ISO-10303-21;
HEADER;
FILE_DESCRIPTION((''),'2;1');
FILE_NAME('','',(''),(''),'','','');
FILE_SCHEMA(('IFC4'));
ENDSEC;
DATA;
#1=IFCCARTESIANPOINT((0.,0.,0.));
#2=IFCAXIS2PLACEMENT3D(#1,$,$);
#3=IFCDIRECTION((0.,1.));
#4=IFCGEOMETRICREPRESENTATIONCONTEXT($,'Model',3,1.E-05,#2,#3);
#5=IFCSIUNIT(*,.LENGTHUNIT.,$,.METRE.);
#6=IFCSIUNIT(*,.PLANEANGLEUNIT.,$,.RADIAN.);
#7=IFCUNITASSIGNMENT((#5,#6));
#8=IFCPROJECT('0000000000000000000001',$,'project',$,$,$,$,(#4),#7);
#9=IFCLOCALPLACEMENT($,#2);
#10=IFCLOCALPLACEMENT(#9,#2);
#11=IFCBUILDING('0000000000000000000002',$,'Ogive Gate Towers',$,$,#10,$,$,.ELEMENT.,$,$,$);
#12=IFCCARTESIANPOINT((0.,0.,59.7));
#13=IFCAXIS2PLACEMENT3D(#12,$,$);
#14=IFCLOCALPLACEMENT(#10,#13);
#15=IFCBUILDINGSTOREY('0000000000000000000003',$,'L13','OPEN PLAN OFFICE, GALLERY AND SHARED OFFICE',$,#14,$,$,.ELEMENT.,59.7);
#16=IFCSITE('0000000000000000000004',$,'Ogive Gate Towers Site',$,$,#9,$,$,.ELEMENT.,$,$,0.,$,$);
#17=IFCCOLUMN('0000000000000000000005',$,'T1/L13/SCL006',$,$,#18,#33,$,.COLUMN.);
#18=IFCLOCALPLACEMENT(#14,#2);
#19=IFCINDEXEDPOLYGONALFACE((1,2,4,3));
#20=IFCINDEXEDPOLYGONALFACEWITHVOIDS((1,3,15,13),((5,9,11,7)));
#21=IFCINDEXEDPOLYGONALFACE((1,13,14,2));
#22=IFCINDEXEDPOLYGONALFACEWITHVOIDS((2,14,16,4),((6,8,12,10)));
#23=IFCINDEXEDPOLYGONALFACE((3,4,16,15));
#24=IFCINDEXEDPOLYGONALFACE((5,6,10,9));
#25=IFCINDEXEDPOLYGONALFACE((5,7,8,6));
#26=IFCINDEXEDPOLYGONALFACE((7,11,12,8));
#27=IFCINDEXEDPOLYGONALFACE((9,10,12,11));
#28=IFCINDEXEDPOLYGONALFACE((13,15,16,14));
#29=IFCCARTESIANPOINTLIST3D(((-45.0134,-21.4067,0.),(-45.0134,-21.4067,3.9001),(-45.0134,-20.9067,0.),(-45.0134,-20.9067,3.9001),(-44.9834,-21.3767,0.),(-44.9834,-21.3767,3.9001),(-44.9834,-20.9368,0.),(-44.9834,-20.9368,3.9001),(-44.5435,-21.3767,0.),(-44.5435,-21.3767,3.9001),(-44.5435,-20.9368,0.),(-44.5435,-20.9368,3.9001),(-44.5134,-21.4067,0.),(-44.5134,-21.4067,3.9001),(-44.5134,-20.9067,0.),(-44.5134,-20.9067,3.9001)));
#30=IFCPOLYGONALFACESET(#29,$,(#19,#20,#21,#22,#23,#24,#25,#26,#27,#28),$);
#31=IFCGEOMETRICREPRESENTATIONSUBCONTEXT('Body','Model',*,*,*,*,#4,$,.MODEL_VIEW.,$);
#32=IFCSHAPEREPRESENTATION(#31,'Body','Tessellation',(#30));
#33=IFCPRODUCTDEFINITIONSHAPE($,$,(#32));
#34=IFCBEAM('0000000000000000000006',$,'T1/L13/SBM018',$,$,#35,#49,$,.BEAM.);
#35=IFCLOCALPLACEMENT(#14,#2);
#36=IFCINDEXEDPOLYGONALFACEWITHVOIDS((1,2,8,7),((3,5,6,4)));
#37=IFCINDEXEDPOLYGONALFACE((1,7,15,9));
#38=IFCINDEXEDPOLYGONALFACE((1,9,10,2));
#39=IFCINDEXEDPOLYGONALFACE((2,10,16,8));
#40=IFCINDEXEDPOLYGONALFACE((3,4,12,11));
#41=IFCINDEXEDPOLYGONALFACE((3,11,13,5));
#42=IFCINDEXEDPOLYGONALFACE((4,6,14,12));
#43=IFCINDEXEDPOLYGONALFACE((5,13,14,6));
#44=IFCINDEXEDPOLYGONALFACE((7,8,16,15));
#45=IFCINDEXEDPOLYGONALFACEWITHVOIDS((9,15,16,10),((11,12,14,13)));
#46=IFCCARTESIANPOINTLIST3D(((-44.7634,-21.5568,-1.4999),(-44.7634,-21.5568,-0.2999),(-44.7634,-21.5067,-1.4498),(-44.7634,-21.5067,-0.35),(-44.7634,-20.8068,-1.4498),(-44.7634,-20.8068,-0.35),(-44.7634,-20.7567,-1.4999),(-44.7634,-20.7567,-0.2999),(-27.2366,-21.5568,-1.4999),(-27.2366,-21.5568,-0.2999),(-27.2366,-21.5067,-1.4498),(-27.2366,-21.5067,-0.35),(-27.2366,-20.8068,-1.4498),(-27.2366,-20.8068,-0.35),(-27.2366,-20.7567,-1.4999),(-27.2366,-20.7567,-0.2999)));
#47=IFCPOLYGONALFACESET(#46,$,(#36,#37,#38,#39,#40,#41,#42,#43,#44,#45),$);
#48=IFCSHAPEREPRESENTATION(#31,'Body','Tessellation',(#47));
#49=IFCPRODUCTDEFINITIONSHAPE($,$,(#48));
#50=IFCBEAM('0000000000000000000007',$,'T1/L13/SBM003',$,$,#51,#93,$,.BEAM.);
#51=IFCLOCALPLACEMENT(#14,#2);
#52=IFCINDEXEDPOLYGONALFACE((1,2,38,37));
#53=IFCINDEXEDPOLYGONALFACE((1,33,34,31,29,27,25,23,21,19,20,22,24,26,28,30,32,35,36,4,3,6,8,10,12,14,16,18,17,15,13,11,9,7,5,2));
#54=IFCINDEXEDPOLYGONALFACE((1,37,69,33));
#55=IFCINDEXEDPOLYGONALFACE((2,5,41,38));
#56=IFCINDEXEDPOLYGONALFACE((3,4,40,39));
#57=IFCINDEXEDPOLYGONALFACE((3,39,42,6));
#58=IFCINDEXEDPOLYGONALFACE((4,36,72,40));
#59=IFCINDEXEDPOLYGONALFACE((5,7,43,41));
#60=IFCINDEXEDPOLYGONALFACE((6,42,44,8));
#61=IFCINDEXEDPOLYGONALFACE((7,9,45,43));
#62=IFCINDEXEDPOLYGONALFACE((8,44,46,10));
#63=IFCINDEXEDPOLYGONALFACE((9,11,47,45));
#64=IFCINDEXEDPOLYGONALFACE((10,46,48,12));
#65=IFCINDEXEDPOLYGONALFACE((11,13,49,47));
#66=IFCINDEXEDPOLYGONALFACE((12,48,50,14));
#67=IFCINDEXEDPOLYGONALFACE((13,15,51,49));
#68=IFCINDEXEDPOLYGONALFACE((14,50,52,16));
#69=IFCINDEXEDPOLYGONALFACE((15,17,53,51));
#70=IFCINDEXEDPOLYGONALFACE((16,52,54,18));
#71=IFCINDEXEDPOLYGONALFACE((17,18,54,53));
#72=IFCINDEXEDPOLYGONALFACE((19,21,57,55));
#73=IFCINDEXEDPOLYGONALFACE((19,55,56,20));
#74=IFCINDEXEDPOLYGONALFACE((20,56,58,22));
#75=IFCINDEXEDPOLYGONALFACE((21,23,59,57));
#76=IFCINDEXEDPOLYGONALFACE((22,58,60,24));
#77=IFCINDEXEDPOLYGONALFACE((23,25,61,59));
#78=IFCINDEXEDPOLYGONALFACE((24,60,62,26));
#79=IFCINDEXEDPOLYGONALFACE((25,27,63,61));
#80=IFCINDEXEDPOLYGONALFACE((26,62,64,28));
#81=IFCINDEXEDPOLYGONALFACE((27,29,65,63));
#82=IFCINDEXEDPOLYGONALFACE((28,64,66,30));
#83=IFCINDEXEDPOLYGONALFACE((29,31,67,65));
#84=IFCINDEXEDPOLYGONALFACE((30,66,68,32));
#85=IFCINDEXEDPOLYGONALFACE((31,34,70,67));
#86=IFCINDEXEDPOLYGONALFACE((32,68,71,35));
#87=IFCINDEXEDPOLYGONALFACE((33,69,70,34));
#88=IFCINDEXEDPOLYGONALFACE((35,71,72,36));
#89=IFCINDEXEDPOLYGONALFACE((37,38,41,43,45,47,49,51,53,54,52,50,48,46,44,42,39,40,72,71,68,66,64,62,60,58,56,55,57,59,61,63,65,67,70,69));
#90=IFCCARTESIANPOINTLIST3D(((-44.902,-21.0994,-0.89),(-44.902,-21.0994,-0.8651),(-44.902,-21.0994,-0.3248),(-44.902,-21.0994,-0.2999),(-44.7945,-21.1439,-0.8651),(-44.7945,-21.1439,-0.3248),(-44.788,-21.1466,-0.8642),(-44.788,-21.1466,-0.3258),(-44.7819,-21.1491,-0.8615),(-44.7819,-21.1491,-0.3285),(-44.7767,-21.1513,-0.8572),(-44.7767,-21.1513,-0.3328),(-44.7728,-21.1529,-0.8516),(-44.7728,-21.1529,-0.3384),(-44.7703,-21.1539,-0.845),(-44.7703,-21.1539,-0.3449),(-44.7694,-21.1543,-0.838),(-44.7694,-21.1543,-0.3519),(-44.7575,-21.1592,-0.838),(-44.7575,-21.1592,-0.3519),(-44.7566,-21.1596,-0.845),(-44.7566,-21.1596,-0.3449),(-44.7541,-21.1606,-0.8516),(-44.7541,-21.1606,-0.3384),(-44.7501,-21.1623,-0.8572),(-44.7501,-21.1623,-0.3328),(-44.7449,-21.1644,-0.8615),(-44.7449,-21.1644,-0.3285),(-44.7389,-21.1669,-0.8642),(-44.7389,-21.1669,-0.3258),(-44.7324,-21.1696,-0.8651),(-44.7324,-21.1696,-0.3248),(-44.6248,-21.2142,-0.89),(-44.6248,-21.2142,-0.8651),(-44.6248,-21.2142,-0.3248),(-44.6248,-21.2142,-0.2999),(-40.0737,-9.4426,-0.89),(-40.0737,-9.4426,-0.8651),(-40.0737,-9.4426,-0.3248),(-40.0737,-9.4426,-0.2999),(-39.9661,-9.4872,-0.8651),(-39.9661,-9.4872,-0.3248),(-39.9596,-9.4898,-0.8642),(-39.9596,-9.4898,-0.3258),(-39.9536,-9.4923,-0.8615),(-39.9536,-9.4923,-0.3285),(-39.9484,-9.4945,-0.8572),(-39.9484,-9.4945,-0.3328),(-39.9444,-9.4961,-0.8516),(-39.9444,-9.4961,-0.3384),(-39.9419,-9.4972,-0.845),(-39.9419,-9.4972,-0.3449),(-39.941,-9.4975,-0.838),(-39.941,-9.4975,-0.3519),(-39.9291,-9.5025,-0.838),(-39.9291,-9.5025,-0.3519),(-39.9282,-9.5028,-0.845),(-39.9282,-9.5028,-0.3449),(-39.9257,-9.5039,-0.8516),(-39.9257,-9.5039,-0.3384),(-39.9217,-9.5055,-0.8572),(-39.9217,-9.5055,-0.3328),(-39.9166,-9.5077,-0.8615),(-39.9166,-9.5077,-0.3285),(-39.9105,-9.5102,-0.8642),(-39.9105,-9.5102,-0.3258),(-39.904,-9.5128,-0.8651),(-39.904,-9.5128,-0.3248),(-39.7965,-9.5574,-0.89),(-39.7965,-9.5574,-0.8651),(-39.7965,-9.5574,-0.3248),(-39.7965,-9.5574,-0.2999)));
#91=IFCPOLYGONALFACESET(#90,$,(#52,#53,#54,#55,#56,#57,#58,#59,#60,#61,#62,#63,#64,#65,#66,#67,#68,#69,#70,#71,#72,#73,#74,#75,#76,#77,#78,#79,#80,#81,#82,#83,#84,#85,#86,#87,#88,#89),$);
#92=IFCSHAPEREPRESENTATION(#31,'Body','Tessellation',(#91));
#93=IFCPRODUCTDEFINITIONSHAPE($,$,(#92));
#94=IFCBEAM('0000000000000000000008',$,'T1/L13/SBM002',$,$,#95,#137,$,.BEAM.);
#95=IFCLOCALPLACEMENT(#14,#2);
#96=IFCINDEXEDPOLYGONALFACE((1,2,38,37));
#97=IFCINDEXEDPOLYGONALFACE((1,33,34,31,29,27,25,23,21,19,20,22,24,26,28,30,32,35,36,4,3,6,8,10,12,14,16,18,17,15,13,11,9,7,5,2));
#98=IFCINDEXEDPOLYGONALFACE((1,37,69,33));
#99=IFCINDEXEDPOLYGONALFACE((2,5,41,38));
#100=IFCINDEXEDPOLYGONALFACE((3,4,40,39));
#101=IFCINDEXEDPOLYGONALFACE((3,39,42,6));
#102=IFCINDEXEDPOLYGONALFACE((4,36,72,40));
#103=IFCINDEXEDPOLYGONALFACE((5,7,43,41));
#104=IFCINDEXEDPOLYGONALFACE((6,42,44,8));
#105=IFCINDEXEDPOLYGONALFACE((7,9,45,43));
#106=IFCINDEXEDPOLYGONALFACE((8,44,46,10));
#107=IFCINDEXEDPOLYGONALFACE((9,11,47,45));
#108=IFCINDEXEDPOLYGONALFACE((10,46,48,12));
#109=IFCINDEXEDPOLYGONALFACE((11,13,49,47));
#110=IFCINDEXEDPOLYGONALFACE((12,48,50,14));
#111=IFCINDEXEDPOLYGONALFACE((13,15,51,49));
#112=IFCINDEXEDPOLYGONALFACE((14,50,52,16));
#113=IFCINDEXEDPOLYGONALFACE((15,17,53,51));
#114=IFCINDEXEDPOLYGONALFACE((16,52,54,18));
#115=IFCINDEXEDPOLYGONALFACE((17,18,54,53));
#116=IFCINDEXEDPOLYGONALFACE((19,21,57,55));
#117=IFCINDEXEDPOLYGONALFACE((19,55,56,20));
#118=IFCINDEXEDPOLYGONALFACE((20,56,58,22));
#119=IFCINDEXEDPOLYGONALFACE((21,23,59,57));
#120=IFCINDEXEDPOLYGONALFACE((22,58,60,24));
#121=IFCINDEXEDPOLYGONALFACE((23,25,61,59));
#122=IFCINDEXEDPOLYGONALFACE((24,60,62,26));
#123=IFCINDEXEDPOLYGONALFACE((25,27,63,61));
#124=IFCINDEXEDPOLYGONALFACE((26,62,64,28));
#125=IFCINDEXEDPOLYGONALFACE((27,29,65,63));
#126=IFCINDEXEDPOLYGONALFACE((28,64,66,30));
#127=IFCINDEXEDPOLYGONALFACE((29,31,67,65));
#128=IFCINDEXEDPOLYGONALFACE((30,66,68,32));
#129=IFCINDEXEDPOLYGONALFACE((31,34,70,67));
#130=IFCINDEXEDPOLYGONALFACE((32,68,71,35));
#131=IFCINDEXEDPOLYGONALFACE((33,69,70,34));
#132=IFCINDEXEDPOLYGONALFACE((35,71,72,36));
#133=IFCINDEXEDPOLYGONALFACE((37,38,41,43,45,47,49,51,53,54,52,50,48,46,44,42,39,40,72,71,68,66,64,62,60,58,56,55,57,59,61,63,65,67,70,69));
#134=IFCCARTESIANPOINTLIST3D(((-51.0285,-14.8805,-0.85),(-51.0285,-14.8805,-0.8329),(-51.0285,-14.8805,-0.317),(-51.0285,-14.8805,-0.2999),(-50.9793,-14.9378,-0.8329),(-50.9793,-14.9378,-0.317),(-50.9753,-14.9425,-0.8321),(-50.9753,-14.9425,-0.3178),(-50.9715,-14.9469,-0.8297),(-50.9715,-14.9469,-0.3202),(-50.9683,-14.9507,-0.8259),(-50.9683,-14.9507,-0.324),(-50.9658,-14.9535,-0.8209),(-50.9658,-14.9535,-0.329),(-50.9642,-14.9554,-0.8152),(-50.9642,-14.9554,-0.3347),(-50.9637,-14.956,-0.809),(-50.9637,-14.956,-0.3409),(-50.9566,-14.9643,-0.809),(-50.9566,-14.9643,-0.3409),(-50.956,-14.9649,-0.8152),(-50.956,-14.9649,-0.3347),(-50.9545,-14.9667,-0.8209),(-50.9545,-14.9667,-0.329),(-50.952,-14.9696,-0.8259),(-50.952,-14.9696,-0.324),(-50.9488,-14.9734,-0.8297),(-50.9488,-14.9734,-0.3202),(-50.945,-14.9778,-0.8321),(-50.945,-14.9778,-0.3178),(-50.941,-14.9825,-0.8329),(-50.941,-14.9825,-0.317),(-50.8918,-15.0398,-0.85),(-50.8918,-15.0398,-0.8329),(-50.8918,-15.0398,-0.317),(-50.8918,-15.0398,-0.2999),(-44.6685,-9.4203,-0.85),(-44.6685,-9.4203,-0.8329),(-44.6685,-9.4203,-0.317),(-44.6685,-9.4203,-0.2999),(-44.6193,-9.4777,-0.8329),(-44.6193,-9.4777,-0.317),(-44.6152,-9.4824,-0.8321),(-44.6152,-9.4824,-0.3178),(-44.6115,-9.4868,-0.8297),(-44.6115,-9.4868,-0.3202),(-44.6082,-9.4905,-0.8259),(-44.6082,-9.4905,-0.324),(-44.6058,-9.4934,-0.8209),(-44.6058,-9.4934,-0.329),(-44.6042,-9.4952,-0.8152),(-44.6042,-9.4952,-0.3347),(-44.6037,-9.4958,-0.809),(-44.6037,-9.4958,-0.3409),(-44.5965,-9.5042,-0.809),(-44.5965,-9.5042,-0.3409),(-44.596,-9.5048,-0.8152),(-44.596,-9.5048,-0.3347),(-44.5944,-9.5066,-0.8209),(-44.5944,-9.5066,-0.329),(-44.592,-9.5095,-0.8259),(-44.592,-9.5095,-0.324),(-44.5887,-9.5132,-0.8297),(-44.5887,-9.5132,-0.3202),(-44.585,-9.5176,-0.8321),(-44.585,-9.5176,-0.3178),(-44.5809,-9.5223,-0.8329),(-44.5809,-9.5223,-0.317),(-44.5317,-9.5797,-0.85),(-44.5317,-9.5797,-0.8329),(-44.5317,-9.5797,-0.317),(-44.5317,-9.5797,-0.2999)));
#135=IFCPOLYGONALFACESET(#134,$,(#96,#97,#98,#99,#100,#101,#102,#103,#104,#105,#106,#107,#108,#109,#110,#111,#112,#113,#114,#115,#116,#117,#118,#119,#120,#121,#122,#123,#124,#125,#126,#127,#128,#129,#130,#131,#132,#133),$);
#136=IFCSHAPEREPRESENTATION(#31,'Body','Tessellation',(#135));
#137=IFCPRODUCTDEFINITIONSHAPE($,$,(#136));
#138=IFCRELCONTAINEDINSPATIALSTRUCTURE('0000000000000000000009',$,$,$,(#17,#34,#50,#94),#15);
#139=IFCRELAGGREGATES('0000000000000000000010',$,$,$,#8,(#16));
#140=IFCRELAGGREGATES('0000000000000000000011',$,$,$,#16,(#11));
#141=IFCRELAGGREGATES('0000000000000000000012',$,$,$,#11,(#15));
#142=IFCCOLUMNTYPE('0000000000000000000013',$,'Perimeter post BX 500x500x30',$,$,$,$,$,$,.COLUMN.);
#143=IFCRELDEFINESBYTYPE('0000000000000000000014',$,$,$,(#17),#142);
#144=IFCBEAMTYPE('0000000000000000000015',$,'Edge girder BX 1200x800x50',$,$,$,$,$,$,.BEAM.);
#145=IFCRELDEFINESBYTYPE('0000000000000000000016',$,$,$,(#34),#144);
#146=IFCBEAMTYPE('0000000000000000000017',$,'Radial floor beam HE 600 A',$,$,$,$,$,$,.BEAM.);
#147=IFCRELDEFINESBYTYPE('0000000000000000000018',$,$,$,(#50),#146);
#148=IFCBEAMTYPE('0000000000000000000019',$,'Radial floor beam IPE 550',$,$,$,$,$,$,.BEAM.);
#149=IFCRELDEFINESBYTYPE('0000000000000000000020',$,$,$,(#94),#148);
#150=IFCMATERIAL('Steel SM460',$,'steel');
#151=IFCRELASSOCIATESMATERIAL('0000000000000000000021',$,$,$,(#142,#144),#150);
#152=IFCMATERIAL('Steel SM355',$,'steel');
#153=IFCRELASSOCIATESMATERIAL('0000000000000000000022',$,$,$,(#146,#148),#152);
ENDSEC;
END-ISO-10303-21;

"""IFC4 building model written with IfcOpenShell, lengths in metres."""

from ifc_helpers import new_model, si_unit, direction, frame, origin, origin_2d, place, context, subcontext, project, spatial, hollow_rectangle, i_section, extrude, material, material_profile, profile_set, type_object, element, save


model = new_model("IFC4")

# Units and contexts
model_context = context("Model", 3, precision=1e-05, world=origin(), true_north=direction((0.0, 1.0)))
body_context = subcontext(model_context, "Body", "Model", "MODEL_VIEW")
ifc_project = project(units=[si_unit("LENGTHUNIT", "METRE"), si_unit("PLANEANGLEUNIT", "RADIAN")], contexts=[model_context])

# Site, building, storey
site_placement = place(None, origin())
site = spatial("IfcSite", under=ifc_project, at=site_placement, Name="Ogive Gate Towers Site", CompositionType="ELEMENT", RefElevation=0.0)
building_placement = place(site_placement, origin())
building = spatial("IfcBuilding", under=site, at=building_placement, Name="Ogive Gate Towers", CompositionType="ELEMENT")
storey_placement = place(building_placement, frame((0.0, 0.0, 59.7)))
storey = spatial("IfcBuildingStorey", under=building, at=storey_placement, Name="L13", Description="OPEN PLAN OFFICE, GALLERY AND SHARED OFFICE", CompositionType="ELEMENT", Elevation=59.7)

# Column
ifc_material_1 = material(Name="Steel SM460", Category="steel")
ifc_material_profile_1 = material_profile(ifc_material_1, hollow_rectangle(XDim=0.5, YDim=0.5, WallThickness=0.03, at=origin_2d()), Name="BX 500x500x30")
ifc_profile_set_1 = profile_set([ifc_material_profile_1], Name="Steel SM460")
column_type = type_object("IfcColumnType", Name="Perimeter post BX 500x500x30", PredefinedType="COLUMN", material=ifc_profile_set_1)
column_placement = place(storey_placement, frame((-44.7634, -21.1567, 0.0), z_axis=(0.0, 0.0, 1.0), x_axis=(1.0, 0.0, 0.0)))
element("IfcColumn", 1, at=column_placement, inside=storey, type_object=column_type, Name="T1/L13/SCL006", PredefinedType="COLUMN", context=body_context, shape_type="SweptSolid", body=[
    extrude(hollow_rectangle(XDim=0.5, YDim=0.5, WallThickness=0.03, at=origin_2d()), origin(), (0.0, 0.0, 1.0), 3.9001),
])

# Beams
ifc_material_profile_2 = material_profile(ifc_material_1, hollow_rectangle(XDim=0.8, YDim=1.2, WallThickness=0.05, at=origin_2d()), Name="BX 1200x800x50")
ifc_profile_set_2 = profile_set([ifc_material_profile_2], Name="Steel SM460")
beam_type_1 = type_object("IfcBeamType", Name="Edge girder BX 1200x800x50", PredefinedType="BEAM", material=ifc_profile_set_2)
beam_1_placement = place(storey_placement, frame((-44.7634, -21.1567, -0.8999), z_axis=(1.0, 0.0, 0.0), x_axis=(0.0, 1.0, 0.0)))
element("IfcBeam", 2, at=beam_1_placement, inside=storey, type_object=beam_type_1, Name="T1/L13/SBM018", PredefinedType="BEAM", context=body_context, shape_type="SweptSolid", body=[
    extrude(hollow_rectangle(XDim=0.8, YDim=1.2, WallThickness=0.05, at=origin_2d()), origin(), (0.0, 0.0, 1.0), 17.5269),
])
ifc_material_2 = material(Name="Steel SM355", Category="steel")
ifc_material_profile_3 = material_profile(ifc_material_2, i_section(OverallWidth=0.3, OverallDepth=0.5901, WebThickness=0.0129, FlangeThickness=0.0249, FilletRadius=0.0271, at=origin_2d()), Name="HE 600 A")
ifc_profile_set_3 = profile_set([ifc_material_profile_3], Name="Steel SM355")
beam_type_2 = type_object("IfcBeamType", Name="Radial floor beam HE 600 A", PredefinedType="BEAM", material=ifc_profile_set_3)
beam_2_placement = place(storey_placement, frame((-39.9351, -9.5, -0.595), z_axis=(-0.382683, -0.92388, 0.0), x_axis=(0.92388, -0.382683, 0.0)))
element("IfcBeam", 3, at=beam_2_placement, inside=storey, type_object=beam_type_2, Name="T1/L13/SBM003", PredefinedType="BEAM", context=body_context, shape_type="SweptSolid", body=[
    extrude(i_section(OverallWidth=0.3, OverallDepth=0.5901, WebThickness=0.0129, FlangeThickness=0.0249, FilletRadius=0.0271, at=origin_2d()), origin(), (0.0, 0.0, 1.0), 12.6172),
])
ifc_material_profile_4 = material_profile(ifc_material_2, i_section(OverallWidth=0.21, OverallDepth=0.55, WebThickness=0.011, FlangeThickness=0.0171, FilletRadius=0.0239, at=origin_2d()), Name="IPE 550")
ifc_profile_set_4 = profile_set([ifc_material_profile_4], Name="Steel SM355")
beam_type_3 = type_object("IfcBeamType", Name="Radial floor beam IPE 550", PredefinedType="BEAM", material=ifc_profile_set_4)
beam_3_placement = place(storey_placement, frame((-44.6001, -9.5, -0.575), z_axis=(-0.758744, -0.651388, 0.0), x_axis=(0.651388, -0.758744, 0.0)))
element("IfcBeam", 4, at=beam_3_placement, inside=storey, type_object=beam_type_3, Name="T1/L13/SBM002", PredefinedType="BEAM", context=body_context, shape_type="SweptSolid", body=[
    extrude(i_section(OverallWidth=0.21, OverallDepth=0.55, WebThickness=0.011, FlangeThickness=0.0171, FilletRadius=0.0239, at=origin_2d()), origin(), (0.0, 0.0, 1.0), 8.3823),
])

save(model, "model.ifc")
